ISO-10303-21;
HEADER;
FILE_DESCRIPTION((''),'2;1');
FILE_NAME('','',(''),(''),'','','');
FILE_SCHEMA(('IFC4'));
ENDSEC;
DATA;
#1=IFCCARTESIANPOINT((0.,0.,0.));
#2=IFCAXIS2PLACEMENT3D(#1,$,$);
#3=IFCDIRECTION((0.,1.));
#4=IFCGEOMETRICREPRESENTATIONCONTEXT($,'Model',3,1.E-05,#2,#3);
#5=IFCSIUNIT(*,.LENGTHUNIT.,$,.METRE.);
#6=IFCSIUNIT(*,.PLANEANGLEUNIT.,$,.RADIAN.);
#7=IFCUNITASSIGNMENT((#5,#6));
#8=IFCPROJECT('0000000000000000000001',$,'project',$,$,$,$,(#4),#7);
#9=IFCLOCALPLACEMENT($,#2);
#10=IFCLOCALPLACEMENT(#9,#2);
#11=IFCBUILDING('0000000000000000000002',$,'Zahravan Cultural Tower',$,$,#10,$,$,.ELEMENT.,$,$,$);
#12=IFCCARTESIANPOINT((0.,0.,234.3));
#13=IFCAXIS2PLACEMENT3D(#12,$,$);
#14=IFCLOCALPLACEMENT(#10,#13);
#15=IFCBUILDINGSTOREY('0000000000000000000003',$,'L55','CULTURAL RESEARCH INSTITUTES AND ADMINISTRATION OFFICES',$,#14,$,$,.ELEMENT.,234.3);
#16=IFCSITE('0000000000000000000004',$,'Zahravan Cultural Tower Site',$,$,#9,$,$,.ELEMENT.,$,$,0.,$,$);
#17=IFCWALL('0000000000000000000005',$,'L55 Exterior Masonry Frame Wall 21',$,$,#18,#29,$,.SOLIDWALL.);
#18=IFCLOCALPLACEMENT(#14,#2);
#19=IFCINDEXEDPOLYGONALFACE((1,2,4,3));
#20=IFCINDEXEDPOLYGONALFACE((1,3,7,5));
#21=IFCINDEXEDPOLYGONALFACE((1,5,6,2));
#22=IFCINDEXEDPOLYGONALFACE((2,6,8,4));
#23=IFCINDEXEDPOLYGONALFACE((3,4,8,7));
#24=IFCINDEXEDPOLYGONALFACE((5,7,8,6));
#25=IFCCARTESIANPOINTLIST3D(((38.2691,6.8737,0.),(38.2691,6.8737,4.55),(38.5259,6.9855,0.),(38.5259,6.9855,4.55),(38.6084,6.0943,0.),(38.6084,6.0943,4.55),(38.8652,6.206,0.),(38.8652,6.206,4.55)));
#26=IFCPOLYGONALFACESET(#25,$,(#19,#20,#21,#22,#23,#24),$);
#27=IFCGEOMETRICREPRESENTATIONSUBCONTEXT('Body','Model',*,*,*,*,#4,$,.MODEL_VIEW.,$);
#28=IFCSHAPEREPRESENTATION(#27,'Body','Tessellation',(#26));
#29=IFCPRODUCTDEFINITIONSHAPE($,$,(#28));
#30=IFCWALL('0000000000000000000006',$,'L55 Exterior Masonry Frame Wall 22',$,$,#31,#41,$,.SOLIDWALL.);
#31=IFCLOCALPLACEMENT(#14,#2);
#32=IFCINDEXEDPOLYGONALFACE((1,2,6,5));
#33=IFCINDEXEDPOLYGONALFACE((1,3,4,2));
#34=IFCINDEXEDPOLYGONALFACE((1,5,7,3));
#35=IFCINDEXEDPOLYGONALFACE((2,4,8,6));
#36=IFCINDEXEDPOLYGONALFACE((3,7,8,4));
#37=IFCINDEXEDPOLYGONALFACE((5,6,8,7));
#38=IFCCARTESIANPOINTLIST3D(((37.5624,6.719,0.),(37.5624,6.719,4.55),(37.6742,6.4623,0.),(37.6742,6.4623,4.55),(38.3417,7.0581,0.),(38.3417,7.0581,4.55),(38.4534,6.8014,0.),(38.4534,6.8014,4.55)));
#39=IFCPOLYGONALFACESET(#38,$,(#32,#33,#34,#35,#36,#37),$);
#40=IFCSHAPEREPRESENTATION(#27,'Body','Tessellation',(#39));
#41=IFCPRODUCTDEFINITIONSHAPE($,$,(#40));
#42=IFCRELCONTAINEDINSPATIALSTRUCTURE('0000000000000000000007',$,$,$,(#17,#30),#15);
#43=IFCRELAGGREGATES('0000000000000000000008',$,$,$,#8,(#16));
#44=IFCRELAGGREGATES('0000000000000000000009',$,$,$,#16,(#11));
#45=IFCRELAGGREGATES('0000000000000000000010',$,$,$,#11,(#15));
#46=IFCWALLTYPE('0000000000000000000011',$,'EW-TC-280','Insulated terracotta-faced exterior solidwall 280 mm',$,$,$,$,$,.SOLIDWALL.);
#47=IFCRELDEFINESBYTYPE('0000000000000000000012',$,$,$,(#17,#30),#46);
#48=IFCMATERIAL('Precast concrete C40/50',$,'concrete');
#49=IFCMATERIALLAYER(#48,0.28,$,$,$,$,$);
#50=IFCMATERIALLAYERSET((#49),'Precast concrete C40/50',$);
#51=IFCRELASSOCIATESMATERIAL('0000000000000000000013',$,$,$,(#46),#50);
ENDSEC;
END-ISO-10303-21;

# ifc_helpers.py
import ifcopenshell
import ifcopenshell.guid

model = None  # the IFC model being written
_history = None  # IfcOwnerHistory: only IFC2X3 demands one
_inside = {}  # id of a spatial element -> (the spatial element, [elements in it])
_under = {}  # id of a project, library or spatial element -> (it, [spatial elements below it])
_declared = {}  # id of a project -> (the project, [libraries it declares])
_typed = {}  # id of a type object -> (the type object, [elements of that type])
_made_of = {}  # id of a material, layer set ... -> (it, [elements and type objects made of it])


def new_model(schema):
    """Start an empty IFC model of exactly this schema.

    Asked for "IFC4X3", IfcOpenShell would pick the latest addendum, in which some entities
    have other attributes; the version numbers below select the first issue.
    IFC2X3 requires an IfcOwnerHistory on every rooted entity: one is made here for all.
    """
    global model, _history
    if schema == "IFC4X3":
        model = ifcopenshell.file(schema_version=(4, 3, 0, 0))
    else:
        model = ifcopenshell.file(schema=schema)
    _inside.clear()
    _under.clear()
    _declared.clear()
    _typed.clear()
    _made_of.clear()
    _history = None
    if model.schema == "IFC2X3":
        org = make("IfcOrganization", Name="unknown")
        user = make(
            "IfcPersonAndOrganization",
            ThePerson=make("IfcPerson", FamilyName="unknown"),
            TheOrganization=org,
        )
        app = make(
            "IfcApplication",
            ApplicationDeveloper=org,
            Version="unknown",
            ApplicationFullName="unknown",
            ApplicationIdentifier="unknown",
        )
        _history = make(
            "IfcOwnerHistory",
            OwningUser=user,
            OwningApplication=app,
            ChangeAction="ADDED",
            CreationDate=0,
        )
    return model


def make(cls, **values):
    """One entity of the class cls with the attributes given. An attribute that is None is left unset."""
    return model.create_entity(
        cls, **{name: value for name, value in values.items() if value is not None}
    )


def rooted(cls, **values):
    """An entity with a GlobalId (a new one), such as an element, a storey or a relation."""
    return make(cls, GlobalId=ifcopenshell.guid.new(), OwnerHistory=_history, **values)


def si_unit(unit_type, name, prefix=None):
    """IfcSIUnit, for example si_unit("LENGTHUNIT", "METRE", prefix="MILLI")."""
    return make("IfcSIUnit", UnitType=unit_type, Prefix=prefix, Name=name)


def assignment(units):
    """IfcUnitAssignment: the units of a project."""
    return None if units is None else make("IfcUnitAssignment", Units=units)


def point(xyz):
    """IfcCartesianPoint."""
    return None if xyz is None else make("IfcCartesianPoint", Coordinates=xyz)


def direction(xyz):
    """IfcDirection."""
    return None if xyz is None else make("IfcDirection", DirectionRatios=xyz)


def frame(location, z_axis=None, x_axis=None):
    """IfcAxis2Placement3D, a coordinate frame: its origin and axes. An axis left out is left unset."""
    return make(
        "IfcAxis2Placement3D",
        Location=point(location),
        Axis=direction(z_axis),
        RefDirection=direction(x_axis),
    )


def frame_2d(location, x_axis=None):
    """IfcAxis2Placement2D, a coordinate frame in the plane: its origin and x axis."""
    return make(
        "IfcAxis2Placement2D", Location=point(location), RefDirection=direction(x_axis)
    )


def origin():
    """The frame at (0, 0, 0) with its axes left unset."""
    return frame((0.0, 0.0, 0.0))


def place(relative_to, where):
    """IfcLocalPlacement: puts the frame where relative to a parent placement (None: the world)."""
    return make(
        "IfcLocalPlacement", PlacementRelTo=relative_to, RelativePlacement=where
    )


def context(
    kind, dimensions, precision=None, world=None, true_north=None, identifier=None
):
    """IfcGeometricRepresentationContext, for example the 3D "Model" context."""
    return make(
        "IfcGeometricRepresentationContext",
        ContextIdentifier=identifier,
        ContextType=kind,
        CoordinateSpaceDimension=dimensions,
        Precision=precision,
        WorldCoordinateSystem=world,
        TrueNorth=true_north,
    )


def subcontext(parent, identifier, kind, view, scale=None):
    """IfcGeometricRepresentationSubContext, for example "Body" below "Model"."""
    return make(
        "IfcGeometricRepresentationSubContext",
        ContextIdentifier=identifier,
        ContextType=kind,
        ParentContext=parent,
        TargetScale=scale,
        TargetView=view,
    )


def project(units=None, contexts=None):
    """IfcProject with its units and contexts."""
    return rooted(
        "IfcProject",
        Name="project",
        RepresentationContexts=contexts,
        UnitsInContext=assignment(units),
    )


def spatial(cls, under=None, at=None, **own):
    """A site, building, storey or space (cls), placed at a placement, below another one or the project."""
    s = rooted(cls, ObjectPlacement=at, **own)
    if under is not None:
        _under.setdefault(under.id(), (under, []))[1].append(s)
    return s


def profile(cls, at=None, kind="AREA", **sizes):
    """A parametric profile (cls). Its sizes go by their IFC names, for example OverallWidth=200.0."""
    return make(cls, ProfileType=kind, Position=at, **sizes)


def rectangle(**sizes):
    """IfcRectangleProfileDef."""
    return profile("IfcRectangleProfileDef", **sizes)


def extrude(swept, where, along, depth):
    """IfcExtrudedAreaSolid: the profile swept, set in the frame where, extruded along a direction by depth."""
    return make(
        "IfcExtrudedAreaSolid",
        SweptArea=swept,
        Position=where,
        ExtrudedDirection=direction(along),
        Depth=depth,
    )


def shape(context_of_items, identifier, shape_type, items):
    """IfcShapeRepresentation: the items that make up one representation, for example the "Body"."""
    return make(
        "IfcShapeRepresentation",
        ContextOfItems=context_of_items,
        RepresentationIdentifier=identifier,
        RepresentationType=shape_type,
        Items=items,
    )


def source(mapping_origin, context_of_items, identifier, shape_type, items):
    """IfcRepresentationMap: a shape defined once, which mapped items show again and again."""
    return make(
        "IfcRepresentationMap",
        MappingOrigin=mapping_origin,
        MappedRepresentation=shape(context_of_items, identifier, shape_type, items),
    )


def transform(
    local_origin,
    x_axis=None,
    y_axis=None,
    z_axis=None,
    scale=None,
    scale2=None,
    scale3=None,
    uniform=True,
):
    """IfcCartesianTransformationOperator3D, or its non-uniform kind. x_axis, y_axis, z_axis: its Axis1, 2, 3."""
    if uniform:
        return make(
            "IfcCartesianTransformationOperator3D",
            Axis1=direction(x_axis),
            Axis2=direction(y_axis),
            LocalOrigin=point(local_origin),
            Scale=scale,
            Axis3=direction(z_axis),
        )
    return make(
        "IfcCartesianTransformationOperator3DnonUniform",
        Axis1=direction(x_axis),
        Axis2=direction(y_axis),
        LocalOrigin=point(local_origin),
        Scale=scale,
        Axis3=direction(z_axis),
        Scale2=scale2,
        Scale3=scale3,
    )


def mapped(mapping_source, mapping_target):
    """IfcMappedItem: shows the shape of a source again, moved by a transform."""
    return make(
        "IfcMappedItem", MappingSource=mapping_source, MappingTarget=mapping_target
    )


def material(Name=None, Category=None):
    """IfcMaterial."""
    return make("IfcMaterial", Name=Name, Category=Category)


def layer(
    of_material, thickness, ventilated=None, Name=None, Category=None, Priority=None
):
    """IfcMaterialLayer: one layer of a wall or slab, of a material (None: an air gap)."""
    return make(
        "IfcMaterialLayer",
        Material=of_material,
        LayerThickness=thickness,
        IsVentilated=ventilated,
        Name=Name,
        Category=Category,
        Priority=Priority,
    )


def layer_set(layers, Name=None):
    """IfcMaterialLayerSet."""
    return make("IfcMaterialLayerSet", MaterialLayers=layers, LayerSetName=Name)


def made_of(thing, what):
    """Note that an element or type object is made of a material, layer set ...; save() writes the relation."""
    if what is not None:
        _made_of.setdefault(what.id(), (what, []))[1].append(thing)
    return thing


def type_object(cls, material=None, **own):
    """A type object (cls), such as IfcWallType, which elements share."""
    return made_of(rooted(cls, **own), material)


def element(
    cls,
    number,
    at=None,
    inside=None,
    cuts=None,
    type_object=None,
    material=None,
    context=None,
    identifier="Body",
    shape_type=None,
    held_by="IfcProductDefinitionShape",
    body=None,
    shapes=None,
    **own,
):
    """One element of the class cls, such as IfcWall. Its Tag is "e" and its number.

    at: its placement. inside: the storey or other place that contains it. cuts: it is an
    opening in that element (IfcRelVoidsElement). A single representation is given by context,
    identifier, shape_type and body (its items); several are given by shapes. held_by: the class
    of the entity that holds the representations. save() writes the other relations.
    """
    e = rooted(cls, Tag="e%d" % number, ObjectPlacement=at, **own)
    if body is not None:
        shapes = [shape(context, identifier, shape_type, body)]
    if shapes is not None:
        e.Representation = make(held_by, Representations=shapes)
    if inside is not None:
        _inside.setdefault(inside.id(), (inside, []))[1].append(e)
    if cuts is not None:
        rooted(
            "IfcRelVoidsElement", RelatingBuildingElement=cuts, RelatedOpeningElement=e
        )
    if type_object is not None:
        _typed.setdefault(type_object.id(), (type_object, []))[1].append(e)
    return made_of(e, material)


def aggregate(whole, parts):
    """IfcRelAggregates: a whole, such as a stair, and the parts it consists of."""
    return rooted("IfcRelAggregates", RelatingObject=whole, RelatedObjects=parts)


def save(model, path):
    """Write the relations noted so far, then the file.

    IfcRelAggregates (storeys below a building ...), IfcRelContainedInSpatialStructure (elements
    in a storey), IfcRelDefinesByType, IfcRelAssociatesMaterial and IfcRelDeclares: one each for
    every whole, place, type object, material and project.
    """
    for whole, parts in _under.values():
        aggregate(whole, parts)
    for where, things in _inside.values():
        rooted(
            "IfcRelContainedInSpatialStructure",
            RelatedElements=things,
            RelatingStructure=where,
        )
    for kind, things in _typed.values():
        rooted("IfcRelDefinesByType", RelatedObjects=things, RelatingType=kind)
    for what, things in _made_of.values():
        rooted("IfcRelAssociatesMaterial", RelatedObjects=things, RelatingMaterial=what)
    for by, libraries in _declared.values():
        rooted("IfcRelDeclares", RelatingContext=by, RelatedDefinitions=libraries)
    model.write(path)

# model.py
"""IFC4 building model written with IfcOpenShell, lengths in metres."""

from ifc_helpers import new_model, si_unit, direction, frame, frame_2d, origin, place, context, subcontext, project, spatial, rectangle, extrude, source, transform, mapped, material, layer, layer_set, type_object, element, save


model = new_model("IFC4")

# Units and contexts
model_context = context("Model", 3, precision=1e-05, world=origin(), true_north=direction((0.0, 1.0)))
body_context = subcontext(model_context, "Body", "Model", "MODEL_VIEW")
ifc_project = project(units=[si_unit("LENGTHUNIT", "METRE"), si_unit("PLANEANGLEUNIT", "RADIAN")], contexts=[model_context])

# Site, building, storey
site_placement = place(None, origin())
site = spatial("IfcSite", under=ifc_project, at=site_placement, Name="Zahravan Cultural Tower Site", CompositionType="ELEMENT", RefElevation=0.0)
building_placement = place(site_placement, origin())
building = spatial("IfcBuilding", under=site, at=building_placement, Name="Zahravan Cultural Tower", CompositionType="ELEMENT")
storey_placement = place(building_placement, frame((0.0, 0.0, 234.3)))
storey = spatial("IfcBuildingStorey", under=building, at=storey_placement, Name="L55", Description="CULTURAL RESEARCH INSTITUTES AND ADMINISTRATION OFFICES", CompositionType="ELEMENT", Elevation=234.3)

# Shared definitions
ifc_material_1 = material(Name="Precast concrete C40/50", Category="concrete")
ifc_layer_1 = layer(ifc_material_1, 0.28)
ifc_layer_set_1 = layer_set([ifc_layer_1], Name="Precast concrete C40/50")
wall_type = type_object("IfcWallType", Name="EW-TC-280", Description="Insulated terracotta-faced exterior solidwall 280 mm", PredefinedType="SOLIDWALL", material=ifc_layer_set_1)

# Walls
shared_shape_1 = source(origin(), body_context, "Body", "SweptSolid", [
    extrude(rectangle(XDim=0.8501, YDim=0.28, at=frame_2d((0.425, 0.0))), origin(), (0.0, 0.0, 1.0), 4.55),
])
for number, where, z_axis, x_axis, name in (
    (1, (38.7368, 6.1501, 0.0), (0.0, 0.0, 1.0), (-0.399146, 0.916887, 0.0), "L55 Exterior Masonry Frame Wall 21"),
):
    element("IfcWall", number, at=place(storey_placement, frame(where, z_axis=z_axis, x_axis=x_axis)), inside=storey, type_object=wall_type, Name=name, PredefinedType="SOLIDWALL", context=body_context, shape_type="MappedRepresentation", body=[
        mapped(shared_shape_1, transform((0.0, 0.0, 0.0), x_axis=(1.0, 0.0, 0.0), y_axis=(0.0, 1.0, 0.0), z_axis=(0.0, 0.0, 1.0), scale=1.0)),
    ])
shared_shape_2 = source(origin(), body_context, "Body", "SweptSolid", [
    extrude(rectangle(XDim=0.8499, YDim=0.28, at=frame_2d((0.4248, 0.0))), origin(), (0.0, 0.0, 1.0), 4.55),
])
wall_1_placement = place(storey_placement, frame((38.3975, 6.9297, 0.0), z_axis=(0.0, 0.0, 1.0), x_axis=(-0.916947, -0.39901, 0.0)))
element("IfcWall", 2, at=wall_1_placement, inside=storey, type_object=wall_type, Name="L55 Exterior Masonry Frame Wall 22", PredefinedType="SOLIDWALL", context=body_context, shape_type="MappedRepresentation", body=[
    mapped(shared_shape_2, transform((0.0, 0.0, 0.0), x_axis=(1.0, 0.0, 0.0), y_axis=(0.0, 1.0, 0.0), z_axis=(0.0, 0.0, 1.0), scale=1.0)),
])

save(model, "model.ifc")
